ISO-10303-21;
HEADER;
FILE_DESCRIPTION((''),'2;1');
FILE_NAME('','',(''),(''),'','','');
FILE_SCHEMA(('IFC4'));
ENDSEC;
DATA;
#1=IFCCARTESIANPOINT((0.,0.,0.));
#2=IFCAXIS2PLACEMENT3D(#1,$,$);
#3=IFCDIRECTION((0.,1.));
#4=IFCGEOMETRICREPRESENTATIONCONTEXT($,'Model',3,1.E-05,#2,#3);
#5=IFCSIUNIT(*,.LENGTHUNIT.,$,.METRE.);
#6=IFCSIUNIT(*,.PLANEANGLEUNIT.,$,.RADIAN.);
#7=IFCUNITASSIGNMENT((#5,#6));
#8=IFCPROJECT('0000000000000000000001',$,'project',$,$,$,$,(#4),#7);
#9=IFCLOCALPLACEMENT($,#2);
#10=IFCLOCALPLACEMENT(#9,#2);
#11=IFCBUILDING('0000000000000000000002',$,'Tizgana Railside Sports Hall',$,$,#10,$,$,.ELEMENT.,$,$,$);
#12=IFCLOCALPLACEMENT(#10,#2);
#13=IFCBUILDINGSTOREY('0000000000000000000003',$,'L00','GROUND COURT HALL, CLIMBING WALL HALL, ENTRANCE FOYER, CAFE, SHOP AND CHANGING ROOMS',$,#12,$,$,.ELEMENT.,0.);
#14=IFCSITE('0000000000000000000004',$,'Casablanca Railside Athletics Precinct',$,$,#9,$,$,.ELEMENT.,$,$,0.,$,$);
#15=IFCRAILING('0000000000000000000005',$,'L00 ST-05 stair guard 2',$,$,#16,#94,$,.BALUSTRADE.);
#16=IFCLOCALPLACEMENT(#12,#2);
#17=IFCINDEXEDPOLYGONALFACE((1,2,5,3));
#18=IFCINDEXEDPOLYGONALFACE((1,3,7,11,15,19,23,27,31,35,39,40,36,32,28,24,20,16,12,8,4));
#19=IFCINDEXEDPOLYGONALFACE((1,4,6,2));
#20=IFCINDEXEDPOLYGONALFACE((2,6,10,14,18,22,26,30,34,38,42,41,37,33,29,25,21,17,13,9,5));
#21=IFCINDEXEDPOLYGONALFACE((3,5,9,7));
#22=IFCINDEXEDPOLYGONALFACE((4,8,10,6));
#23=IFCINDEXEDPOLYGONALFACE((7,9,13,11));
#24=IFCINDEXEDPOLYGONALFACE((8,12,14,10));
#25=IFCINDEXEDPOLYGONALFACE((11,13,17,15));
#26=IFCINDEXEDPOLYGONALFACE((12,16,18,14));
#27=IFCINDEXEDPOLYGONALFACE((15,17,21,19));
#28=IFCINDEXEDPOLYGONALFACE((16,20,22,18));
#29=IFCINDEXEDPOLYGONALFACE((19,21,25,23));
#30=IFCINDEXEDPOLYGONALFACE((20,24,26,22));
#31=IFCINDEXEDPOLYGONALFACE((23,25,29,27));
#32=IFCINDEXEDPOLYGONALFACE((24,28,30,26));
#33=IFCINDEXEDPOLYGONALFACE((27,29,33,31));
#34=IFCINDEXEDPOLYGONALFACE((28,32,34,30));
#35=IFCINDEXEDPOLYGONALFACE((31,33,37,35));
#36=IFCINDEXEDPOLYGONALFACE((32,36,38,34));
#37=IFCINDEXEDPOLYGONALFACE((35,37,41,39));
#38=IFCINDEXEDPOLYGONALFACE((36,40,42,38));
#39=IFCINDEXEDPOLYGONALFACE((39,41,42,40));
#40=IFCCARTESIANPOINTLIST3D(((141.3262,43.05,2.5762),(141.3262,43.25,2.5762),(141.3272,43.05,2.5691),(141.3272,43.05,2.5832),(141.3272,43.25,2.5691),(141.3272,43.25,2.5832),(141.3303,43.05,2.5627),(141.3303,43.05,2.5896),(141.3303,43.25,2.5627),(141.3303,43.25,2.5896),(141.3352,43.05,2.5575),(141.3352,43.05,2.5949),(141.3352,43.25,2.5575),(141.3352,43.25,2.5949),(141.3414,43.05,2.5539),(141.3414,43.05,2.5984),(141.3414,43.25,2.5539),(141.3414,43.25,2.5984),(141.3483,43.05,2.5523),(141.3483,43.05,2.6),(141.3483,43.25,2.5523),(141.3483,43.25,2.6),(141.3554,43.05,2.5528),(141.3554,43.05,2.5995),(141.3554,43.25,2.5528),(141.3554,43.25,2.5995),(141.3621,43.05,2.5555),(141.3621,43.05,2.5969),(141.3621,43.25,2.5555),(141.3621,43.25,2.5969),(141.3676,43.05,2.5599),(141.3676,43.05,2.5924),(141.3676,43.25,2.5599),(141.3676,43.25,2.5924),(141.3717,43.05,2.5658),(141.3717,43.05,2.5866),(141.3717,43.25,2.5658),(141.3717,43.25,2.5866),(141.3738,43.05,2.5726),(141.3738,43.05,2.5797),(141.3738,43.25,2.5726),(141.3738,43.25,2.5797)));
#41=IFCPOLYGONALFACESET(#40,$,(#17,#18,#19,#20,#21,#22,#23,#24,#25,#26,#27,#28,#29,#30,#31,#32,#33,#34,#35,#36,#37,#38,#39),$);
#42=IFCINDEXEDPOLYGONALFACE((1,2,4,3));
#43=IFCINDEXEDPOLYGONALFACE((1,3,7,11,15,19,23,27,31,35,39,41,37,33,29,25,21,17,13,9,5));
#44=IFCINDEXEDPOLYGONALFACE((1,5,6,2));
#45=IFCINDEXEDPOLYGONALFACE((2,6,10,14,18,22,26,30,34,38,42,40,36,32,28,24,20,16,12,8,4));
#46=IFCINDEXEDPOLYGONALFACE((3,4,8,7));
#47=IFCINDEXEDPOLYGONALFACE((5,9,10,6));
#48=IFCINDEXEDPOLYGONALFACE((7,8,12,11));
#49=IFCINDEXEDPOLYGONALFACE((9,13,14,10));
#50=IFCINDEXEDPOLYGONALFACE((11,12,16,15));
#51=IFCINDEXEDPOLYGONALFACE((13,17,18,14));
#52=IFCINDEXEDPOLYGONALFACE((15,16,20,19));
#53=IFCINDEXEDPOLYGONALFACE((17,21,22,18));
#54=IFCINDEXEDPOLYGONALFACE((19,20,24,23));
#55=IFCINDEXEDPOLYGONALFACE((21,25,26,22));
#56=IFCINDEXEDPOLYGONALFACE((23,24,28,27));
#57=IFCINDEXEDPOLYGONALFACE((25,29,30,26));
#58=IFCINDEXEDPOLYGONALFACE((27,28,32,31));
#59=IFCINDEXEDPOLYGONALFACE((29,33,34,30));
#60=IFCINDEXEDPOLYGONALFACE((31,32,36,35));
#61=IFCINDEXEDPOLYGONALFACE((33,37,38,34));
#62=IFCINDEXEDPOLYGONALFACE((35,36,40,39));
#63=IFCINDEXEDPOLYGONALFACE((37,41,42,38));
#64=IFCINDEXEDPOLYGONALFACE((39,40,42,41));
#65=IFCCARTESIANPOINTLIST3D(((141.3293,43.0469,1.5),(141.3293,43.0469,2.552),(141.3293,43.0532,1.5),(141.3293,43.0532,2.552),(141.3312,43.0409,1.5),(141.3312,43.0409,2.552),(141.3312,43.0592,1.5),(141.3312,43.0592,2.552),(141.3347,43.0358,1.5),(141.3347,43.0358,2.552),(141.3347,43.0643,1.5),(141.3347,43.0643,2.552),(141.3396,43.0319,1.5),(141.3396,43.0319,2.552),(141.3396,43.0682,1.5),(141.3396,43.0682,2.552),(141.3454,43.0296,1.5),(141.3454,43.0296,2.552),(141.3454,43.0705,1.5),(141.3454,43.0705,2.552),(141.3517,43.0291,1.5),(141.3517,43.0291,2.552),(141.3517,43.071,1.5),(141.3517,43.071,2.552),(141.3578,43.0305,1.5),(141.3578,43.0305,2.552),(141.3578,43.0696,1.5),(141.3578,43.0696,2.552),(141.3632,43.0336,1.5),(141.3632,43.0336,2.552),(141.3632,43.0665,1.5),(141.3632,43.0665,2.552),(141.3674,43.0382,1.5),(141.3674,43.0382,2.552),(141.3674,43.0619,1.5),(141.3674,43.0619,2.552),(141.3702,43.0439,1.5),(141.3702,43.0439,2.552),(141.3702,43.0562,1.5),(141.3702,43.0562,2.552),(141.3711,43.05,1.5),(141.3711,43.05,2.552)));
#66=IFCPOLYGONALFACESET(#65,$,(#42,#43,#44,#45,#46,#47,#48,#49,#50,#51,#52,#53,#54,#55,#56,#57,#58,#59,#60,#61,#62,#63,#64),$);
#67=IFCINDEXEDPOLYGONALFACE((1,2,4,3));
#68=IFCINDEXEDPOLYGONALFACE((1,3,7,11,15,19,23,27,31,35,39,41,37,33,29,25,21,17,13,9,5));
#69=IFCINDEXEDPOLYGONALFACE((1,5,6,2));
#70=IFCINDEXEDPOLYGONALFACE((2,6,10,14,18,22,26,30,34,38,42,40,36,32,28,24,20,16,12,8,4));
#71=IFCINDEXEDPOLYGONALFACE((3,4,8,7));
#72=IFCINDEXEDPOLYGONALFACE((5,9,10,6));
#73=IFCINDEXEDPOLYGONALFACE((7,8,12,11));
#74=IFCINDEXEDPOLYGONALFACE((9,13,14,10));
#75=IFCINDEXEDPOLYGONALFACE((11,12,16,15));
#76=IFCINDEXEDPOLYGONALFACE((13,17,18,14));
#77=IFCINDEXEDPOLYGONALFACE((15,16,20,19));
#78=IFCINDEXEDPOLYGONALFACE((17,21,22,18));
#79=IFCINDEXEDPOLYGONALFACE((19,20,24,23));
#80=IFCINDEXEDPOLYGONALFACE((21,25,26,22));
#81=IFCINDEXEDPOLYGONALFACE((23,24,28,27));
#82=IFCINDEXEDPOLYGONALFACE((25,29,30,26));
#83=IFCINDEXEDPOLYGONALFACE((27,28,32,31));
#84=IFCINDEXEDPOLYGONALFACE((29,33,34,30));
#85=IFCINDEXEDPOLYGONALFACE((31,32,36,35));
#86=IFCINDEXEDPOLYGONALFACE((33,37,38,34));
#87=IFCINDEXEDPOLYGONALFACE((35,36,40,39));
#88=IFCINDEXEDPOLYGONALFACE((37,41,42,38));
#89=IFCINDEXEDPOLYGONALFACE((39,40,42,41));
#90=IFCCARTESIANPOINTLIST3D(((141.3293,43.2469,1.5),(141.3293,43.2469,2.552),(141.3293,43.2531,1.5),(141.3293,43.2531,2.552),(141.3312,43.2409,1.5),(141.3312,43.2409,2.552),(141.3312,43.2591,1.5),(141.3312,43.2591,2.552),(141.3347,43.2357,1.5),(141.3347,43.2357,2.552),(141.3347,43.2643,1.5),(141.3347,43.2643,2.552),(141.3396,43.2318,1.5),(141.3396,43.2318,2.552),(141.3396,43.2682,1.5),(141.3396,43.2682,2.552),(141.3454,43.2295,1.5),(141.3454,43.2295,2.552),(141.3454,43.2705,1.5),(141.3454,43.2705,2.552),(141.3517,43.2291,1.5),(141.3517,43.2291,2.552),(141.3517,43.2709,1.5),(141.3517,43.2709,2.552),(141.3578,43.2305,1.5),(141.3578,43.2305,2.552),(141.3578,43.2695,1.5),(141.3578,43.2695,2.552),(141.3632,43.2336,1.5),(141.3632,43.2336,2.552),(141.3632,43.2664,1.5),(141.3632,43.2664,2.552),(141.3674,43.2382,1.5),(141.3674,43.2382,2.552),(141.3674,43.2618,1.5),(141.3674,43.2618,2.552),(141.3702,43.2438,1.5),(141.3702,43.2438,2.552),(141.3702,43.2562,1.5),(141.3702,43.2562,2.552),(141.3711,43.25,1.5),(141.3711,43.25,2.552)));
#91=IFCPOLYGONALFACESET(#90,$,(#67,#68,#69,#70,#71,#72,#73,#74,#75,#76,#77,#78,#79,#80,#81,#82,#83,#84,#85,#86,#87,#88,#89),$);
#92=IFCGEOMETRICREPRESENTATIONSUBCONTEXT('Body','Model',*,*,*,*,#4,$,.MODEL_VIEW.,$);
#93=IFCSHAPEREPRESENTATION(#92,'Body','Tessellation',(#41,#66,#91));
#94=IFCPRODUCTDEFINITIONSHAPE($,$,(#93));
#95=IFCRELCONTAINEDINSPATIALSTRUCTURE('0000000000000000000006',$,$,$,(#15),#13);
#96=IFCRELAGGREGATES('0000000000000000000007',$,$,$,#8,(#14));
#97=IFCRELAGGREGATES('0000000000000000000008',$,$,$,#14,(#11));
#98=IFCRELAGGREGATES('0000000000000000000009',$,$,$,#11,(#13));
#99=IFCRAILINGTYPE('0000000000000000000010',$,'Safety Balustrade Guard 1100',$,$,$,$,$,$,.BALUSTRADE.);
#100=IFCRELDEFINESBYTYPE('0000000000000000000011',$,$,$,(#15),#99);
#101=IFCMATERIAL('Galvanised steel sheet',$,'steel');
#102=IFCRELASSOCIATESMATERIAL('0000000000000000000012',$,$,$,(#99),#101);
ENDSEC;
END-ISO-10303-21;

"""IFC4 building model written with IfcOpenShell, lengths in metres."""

from ifc_helpers import new_model, si_unit, direction, frame, origin, origin_2d, place, context, subcontext, project, spatial, circle, extrude, material, type_object, element, save


model = new_model("IFC4")

# Units and contexts
model_context = context("Model", 3, precision=1e-05, world=origin(), true_north=direction((0.0, 1.0)))
body_context = subcontext(model_context, "Body", "Model", "MODEL_VIEW")
ifc_project = project(units=[si_unit("LENGTHUNIT", "METRE"), si_unit("PLANEANGLEUNIT", "RADIAN")], contexts=[model_context])

# Site, building, storey
site_placement = place(None, origin())
site = spatial("IfcSite", under=ifc_project, at=site_placement, Name="Casablanca Railside Athletics Precinct", CompositionType="ELEMENT", RefElevation=0.0)
building_placement = place(site_placement, origin())
building = spatial("IfcBuilding", under=site, at=building_placement, Name="Tizgana Railside Sports Hall", CompositionType="ELEMENT")
storey_placement = place(building_placement, origin())
storey = spatial("IfcBuildingStorey", under=building, at=storey_placement, Name="L00", Description="GROUND COURT HALL, CLIMBING WALL HALL, ENTRANCE FOYER, CAFE, SHOP AND CHANGING ROOMS", CompositionType="ELEMENT", Elevation=0.0)

# Railing
ifc_material_1 = material(Name="Galvanised steel sheet", Category="steel")
railing_type_1 = type_object("IfcRailingType", Name="Safety Balustrade Guard 1100", PredefinedType="BALUSTRADE", material=ifc_material_1)
railing_1_placement = place(storey_placement, frame((141.3501, 43.05, 1.5)))
element("IfcRailing", 1, at=railing_1_placement, inside=storey, type_object=railing_type_1, Name="L00 ST-05 stair guard 2", PredefinedType="BALUSTRADE", context=body_context, shape_type="SweptSolid", body=[
    extrude(circle(Radius=0.0239, at=origin_2d()), frame((0.0, 0.0, 1.0762), z_axis=(0.0, 1.0, 0.0), x_axis=(-1.0, 0.0, 0.0)), (0.0, 0.0, 1.0), 0.2),
    extrude(circle(Radius=0.021, at=origin_2d()), origin(), (0.0, 0.0, 1.0), 1.052),
    extrude(circle(Radius=0.021, at=origin_2d()), frame((0.0, 0.2, 0.0)), (0.0, 0.0, 1.0), 1.052),
])

save(model, "model.ifc")
